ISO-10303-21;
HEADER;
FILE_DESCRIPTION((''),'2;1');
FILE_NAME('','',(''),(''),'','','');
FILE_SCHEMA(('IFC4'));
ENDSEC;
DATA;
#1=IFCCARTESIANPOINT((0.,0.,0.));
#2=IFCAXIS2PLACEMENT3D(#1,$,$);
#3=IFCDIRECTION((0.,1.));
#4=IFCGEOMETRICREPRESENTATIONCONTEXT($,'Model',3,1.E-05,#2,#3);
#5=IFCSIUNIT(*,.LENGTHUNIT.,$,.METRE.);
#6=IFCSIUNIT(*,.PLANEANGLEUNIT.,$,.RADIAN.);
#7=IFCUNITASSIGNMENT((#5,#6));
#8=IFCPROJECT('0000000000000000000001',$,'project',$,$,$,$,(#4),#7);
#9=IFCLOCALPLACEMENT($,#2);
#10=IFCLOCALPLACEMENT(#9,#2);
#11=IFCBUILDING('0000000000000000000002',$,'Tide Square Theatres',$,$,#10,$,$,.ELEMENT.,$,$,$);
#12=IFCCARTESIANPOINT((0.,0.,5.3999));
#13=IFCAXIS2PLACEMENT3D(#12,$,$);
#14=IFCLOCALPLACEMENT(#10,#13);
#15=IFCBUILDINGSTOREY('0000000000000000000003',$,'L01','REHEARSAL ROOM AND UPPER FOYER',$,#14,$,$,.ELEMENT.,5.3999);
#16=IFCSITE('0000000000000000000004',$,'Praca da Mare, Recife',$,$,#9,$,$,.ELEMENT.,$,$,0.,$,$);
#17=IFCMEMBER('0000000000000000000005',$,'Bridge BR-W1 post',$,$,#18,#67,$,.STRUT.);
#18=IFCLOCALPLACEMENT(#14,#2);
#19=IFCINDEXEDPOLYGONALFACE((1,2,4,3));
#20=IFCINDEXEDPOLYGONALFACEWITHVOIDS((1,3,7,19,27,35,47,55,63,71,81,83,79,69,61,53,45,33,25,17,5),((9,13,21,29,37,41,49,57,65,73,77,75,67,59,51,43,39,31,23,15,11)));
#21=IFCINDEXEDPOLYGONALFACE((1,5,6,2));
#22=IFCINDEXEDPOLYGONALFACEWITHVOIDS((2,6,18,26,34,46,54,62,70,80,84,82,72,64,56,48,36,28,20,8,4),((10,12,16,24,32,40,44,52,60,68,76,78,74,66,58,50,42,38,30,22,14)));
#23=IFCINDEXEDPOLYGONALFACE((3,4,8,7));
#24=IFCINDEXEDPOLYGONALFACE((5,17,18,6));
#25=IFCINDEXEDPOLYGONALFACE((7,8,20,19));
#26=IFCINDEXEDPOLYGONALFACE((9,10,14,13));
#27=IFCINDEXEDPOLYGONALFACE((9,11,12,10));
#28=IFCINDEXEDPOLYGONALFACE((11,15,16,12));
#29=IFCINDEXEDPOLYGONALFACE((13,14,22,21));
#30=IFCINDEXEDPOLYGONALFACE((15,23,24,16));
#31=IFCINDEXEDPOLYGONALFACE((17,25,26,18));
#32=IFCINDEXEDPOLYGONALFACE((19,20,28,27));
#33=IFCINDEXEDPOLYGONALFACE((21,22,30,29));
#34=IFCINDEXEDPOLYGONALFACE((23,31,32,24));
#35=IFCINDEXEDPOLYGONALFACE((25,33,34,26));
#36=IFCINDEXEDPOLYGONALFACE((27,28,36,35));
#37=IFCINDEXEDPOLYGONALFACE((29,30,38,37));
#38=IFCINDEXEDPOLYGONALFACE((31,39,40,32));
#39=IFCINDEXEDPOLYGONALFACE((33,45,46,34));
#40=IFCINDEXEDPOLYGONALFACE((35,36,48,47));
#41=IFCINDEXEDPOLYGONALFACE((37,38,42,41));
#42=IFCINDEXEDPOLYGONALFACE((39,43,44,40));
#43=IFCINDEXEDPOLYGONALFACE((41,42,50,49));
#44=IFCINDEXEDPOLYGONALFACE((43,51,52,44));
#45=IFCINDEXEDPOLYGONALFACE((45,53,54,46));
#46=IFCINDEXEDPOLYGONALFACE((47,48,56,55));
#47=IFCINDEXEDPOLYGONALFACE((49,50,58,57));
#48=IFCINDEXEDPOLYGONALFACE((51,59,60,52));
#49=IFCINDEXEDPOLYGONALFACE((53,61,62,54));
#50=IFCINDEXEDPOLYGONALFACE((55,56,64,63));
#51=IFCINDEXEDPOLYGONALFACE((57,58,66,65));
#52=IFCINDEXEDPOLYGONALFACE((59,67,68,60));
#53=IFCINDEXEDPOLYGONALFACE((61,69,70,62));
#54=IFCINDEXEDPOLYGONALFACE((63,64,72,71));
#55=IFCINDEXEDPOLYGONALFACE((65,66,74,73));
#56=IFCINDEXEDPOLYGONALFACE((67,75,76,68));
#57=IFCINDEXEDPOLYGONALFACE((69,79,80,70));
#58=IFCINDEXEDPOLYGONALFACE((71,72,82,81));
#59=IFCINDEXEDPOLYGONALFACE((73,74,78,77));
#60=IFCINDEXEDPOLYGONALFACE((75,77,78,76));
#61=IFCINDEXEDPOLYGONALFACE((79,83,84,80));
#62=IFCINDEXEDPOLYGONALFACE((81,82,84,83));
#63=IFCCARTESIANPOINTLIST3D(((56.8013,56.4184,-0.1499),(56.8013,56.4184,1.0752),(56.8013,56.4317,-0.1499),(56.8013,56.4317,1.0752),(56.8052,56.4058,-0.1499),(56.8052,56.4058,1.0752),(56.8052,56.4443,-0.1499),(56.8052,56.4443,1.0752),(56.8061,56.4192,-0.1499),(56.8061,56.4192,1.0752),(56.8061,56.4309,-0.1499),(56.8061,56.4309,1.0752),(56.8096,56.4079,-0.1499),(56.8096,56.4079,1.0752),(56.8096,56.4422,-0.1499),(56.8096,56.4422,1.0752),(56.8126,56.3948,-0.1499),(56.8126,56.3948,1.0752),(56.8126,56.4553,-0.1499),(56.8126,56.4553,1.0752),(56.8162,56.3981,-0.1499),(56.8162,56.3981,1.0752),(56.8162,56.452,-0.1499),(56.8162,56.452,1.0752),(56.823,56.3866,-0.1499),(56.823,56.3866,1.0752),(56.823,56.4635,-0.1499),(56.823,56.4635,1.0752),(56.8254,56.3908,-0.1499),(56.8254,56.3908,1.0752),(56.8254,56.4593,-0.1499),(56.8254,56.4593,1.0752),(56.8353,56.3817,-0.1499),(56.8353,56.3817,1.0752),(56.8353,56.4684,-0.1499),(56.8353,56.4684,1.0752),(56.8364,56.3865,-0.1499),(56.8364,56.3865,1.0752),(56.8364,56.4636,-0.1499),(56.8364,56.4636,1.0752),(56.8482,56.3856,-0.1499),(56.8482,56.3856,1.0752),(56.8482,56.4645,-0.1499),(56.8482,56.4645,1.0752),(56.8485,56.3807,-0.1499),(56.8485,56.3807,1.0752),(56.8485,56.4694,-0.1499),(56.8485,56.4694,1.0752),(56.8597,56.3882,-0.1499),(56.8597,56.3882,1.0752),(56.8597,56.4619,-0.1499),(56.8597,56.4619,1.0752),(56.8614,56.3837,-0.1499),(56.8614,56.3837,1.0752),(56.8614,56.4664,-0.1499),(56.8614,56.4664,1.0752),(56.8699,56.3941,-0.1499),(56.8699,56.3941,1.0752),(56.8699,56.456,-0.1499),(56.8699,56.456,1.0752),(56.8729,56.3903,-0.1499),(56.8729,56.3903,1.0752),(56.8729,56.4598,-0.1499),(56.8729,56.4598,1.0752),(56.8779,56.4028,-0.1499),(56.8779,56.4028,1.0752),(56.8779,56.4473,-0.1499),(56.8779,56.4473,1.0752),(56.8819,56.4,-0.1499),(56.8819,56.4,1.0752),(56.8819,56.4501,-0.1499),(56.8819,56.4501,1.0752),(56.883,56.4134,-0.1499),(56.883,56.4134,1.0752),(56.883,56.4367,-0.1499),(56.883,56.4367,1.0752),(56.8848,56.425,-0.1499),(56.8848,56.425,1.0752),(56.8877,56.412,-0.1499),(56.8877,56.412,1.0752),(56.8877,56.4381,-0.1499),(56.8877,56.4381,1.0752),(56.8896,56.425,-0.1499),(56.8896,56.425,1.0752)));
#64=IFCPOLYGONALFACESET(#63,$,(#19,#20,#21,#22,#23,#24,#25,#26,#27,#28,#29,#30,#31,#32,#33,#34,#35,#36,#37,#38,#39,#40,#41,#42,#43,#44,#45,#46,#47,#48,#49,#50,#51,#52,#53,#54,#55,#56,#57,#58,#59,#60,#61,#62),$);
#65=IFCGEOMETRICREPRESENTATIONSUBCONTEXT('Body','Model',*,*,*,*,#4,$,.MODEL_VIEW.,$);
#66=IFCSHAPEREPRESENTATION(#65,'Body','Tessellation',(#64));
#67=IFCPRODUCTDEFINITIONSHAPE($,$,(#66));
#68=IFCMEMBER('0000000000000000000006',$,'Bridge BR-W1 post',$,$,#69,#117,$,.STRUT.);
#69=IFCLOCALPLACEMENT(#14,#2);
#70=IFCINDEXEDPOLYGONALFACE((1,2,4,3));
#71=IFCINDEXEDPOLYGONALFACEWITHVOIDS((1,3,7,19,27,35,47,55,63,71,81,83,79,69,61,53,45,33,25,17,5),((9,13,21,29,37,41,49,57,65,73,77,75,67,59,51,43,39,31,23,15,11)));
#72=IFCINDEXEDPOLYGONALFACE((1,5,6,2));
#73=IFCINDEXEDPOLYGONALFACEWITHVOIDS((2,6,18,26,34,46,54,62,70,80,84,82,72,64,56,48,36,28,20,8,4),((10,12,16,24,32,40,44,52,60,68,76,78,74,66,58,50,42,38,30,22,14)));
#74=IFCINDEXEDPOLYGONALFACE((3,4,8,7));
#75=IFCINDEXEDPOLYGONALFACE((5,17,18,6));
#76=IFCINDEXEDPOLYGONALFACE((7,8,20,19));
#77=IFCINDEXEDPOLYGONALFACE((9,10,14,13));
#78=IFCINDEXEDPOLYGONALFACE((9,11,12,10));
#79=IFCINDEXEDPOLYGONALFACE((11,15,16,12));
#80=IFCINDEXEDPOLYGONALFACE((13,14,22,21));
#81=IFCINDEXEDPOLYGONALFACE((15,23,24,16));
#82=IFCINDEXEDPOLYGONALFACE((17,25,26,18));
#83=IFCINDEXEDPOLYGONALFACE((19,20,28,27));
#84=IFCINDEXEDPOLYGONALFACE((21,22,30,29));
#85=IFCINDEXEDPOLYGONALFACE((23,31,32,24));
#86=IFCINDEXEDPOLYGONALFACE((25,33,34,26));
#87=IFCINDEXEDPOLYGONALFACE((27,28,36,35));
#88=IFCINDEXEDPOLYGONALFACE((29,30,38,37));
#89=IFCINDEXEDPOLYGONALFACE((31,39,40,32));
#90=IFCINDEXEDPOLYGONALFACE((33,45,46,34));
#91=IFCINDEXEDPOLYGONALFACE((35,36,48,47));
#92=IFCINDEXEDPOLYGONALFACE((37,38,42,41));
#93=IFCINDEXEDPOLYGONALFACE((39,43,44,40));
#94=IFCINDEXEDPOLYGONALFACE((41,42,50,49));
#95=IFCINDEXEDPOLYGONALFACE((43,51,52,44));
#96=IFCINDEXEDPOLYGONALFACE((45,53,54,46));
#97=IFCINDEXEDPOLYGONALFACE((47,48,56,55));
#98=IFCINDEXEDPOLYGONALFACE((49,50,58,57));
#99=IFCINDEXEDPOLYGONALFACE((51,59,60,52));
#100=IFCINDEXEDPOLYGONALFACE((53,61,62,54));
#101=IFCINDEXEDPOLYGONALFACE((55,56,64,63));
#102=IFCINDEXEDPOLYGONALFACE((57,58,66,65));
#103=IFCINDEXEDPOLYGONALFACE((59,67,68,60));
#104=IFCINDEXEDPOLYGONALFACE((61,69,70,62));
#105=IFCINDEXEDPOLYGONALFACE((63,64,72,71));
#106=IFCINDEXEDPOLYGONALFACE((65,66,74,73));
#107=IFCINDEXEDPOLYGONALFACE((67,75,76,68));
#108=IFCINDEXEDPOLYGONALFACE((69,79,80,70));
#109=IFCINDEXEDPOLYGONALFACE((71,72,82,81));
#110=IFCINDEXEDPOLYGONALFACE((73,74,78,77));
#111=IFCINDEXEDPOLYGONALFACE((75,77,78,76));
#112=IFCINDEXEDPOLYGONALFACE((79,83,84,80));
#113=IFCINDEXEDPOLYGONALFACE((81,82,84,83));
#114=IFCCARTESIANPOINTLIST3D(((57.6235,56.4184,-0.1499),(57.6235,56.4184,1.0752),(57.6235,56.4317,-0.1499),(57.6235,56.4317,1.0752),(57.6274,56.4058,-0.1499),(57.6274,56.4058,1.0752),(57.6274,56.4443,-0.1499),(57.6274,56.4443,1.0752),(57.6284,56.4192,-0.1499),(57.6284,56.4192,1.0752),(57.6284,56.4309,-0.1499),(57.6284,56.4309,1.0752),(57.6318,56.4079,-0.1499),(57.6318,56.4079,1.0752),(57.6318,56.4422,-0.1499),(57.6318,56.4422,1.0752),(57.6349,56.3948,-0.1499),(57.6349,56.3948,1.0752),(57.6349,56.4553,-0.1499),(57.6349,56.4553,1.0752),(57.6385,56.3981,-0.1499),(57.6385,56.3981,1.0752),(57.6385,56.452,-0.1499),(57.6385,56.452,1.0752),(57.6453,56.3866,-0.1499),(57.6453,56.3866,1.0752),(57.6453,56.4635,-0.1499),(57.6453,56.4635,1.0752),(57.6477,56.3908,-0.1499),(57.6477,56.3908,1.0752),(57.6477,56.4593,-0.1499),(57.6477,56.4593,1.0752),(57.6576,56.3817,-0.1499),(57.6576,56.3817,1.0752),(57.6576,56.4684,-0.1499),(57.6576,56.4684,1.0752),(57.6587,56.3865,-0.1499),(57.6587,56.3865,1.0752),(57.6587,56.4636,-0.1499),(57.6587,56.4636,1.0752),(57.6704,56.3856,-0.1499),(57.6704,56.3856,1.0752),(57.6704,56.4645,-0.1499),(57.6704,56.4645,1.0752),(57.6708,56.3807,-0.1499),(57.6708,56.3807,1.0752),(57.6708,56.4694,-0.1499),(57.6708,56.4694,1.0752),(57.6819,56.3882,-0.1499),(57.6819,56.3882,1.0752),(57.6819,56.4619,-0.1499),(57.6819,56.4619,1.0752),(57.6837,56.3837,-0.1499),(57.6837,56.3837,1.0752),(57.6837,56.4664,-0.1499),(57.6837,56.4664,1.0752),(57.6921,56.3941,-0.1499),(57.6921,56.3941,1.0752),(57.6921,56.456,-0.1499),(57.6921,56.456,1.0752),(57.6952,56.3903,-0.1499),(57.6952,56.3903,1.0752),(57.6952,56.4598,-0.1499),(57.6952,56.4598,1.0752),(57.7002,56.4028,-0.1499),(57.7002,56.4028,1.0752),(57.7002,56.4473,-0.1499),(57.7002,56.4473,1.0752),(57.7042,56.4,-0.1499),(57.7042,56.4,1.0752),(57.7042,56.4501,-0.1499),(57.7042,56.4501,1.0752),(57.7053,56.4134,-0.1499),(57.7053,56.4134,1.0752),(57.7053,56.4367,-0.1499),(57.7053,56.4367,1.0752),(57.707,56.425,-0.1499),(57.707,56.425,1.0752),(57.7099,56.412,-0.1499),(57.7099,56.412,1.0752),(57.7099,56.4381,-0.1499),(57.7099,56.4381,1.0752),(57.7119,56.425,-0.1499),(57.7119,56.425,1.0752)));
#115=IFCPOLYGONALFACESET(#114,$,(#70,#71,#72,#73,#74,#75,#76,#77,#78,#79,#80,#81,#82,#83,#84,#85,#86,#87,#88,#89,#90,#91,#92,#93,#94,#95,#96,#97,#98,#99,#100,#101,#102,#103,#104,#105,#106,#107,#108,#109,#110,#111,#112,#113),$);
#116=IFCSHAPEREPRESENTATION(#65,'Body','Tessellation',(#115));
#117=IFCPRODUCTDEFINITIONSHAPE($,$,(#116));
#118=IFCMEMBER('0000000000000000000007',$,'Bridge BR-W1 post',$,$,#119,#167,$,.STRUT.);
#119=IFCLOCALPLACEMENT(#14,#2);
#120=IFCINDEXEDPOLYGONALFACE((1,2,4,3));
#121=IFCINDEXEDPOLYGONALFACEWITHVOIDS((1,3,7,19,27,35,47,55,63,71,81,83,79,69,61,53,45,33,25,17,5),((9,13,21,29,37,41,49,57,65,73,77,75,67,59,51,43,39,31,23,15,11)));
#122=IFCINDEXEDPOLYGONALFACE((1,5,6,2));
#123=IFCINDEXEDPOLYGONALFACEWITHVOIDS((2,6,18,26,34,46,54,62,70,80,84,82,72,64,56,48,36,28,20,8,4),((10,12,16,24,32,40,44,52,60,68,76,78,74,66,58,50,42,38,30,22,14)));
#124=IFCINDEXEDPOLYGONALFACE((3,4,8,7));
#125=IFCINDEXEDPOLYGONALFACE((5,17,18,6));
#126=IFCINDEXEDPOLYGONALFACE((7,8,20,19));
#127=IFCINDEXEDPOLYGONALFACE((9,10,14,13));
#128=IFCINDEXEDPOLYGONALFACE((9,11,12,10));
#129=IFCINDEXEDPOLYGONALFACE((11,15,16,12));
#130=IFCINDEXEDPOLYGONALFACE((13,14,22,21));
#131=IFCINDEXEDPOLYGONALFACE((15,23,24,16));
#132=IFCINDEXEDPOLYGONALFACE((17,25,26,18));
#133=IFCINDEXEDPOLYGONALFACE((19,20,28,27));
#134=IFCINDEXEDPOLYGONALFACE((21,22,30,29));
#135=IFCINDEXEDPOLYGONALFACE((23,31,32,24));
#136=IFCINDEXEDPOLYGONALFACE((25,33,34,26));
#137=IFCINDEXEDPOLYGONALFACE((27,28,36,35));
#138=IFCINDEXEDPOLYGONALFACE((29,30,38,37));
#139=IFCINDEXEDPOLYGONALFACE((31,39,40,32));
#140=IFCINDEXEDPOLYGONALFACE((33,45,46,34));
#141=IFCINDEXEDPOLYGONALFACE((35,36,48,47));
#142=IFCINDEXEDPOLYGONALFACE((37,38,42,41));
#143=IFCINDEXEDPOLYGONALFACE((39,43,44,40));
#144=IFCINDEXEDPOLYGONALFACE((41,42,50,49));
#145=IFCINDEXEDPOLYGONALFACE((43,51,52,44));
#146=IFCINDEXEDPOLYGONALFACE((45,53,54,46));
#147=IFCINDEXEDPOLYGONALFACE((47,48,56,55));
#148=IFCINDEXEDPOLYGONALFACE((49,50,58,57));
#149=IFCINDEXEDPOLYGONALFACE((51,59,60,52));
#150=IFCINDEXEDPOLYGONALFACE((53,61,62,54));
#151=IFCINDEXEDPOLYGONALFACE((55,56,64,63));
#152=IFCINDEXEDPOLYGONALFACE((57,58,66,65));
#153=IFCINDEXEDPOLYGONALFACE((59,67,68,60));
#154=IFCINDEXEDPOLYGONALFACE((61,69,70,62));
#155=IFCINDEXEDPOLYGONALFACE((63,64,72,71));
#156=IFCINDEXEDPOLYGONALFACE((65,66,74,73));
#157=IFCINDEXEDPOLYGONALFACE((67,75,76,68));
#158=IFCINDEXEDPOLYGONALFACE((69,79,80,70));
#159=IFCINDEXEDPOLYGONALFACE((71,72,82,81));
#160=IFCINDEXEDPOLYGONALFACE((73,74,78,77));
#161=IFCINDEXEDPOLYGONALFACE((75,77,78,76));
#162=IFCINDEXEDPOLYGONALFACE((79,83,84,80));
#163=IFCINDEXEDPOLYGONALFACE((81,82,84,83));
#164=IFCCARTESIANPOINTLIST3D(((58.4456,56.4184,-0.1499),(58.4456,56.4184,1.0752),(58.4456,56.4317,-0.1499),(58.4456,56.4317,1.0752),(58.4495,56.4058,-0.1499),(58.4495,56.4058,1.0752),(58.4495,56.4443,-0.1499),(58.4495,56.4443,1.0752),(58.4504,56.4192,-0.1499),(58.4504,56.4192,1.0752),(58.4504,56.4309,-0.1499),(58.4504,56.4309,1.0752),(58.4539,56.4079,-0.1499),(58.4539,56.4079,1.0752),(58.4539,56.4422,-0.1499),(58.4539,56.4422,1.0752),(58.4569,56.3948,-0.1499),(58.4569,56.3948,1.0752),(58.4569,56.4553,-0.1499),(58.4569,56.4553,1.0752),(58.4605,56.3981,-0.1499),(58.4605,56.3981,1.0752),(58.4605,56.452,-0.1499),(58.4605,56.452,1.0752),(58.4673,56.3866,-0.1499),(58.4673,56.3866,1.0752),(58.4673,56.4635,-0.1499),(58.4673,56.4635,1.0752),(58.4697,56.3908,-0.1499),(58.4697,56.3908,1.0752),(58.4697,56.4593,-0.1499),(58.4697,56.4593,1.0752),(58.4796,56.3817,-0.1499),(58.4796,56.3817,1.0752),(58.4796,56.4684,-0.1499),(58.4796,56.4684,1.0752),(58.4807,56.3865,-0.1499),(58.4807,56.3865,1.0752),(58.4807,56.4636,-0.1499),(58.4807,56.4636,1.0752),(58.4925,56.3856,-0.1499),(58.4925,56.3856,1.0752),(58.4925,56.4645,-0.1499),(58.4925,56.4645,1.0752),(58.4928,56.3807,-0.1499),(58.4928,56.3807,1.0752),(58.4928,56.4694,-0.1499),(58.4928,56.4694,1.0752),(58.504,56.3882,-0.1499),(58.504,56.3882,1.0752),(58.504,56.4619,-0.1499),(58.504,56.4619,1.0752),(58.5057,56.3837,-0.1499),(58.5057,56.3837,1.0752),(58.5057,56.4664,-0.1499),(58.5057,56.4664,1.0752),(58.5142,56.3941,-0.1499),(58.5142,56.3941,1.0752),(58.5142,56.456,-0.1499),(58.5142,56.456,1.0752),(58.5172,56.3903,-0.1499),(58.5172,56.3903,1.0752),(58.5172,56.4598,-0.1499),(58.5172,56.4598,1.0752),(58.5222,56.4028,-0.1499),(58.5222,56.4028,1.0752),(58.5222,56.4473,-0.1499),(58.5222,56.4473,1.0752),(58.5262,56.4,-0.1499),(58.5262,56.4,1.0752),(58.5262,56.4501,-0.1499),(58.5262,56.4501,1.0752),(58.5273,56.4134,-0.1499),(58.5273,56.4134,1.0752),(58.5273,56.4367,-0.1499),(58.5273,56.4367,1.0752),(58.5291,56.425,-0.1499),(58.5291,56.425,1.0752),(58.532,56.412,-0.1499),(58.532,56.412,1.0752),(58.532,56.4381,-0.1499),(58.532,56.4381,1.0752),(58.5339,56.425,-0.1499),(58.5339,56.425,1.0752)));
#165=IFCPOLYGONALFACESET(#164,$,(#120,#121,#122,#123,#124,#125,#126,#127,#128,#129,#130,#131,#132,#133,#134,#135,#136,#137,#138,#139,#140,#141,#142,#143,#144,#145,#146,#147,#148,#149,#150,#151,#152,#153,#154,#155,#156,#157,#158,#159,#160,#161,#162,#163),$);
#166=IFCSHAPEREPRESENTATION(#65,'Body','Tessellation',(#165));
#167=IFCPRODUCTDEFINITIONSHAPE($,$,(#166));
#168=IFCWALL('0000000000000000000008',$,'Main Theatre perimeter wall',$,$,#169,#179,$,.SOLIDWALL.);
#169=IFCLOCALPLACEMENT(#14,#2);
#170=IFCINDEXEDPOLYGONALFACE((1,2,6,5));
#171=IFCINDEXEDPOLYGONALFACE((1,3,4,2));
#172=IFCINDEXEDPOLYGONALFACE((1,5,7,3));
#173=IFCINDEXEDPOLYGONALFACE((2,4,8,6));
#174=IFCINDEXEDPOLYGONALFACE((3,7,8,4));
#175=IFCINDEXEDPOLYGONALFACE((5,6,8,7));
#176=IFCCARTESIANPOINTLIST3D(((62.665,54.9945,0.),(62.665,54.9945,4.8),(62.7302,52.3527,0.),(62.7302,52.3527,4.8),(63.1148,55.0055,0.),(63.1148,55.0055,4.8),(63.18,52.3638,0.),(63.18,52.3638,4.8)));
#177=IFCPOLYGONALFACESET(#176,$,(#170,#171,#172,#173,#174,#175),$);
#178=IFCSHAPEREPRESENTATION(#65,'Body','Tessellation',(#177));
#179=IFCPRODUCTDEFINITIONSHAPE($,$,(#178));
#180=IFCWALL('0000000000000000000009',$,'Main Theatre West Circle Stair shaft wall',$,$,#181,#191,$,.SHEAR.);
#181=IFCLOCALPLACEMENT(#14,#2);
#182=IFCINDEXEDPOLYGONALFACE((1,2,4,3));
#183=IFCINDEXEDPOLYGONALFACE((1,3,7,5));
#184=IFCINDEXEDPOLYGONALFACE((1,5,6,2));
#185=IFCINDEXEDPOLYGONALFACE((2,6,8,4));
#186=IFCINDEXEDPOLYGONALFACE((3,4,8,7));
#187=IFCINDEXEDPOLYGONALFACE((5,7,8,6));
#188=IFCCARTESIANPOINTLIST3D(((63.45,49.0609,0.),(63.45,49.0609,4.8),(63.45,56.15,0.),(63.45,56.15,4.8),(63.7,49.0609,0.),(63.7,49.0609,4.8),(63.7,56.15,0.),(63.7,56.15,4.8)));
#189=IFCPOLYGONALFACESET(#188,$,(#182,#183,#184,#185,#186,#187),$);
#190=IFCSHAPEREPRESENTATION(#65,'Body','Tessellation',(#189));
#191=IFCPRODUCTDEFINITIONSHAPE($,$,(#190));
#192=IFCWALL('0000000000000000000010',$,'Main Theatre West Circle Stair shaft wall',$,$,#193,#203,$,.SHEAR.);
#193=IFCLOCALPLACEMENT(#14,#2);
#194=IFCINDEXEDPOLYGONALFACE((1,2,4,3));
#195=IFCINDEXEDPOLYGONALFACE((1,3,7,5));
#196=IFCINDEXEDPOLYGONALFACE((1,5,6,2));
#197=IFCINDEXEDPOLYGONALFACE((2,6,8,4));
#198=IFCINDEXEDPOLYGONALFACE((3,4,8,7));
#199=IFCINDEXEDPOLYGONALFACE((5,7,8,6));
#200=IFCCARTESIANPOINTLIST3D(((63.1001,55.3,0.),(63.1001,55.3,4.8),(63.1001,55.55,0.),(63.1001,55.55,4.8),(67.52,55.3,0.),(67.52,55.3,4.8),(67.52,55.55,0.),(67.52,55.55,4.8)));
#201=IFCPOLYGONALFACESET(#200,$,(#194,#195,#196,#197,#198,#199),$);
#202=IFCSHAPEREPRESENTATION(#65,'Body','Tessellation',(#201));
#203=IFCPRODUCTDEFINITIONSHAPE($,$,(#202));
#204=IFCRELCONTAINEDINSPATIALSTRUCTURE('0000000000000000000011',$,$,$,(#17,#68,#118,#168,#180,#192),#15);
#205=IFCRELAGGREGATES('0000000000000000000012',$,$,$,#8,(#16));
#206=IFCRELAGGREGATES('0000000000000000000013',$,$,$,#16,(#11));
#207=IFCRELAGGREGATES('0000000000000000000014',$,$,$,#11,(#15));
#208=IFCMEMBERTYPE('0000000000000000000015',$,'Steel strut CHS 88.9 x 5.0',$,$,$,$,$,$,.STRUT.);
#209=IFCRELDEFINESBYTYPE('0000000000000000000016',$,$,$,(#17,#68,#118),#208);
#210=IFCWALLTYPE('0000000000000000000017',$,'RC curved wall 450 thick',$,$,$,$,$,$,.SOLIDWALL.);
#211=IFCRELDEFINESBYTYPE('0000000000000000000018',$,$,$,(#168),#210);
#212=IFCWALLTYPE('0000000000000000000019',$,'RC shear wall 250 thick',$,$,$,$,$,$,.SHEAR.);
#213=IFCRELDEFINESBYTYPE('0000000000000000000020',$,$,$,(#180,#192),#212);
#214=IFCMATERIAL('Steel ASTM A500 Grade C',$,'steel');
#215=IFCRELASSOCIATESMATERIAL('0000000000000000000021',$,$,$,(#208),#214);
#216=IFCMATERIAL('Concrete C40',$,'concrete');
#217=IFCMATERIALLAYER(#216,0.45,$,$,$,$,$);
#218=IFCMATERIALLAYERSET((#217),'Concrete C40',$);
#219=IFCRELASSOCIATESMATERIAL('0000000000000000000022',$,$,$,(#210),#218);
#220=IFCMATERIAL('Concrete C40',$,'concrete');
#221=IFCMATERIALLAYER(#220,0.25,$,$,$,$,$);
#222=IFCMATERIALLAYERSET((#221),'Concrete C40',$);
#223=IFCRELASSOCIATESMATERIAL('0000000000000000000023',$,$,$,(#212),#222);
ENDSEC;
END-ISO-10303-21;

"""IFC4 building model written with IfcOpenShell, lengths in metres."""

from ifc_helpers import new_model, si_unit, direction, frame, frame_2d, origin, origin_2d, place, context, subcontext, project, spatial, rectangle, hollow_circle, extrude, material, layer, layer_set, material_profile, profile_set, type_object, element, save


model = new_model("IFC4")

# Units and contexts
model_context = context("Model", 3, precision=1e-05, world=origin(), true_north=direction((0.0, 1.0)))
body_context = subcontext(model_context, "Body", "Model", "MODEL_VIEW")
ifc_project = project(units=[si_unit("LENGTHUNIT", "METRE"), si_unit("PLANEANGLEUNIT", "RADIAN")], contexts=[model_context])

# Site, building, storey
site_placement = place(None, origin())
site = spatial("IfcSite", under=ifc_project, at=site_placement, Name="Praca da Mare, Recife", CompositionType="ELEMENT", RefElevation=0.0)
building_placement = place(site_placement, origin())
building = spatial("IfcBuilding", under=site, at=building_placement, Name="Tide Square Theatres", CompositionType="ELEMENT")
storey_placement = place(building_placement, frame((0.0, 0.0, 5.3999)))
storey = spatial("IfcBuildingStorey", under=building, at=storey_placement, Name="L01", Description="REHEARSAL ROOM AND UPPER FOYER", CompositionType="ELEMENT", Elevation=5.3999)

# Members
ifc_material_1 = material(Name="Steel ASTM A500 Grade C", Category="steel")
ifc_material_profile_1 = material_profile(ifc_material_1, hollow_circle(Radius=0.0444, WallThickness=0.0049, at=origin_2d()))
ifc_profile_set_1 = profile_set([ifc_material_profile_1], Name="Steel ASTM A500 Grade C")
member_type_1 = type_object("IfcMemberType", Name="Steel strut CHS 88.9 x 5.0", PredefinedType="STRUT", material=ifc_profile_set_1)
for number, where, z_axis, x_axis, name in (
    (1, (56.8452, 56.425, -0.1499), (0.0, 0.0, 1.0), (1.0, 0.0, 0.0), "Bridge BR-W1 post"),
    (2, (57.6675, 56.425, -0.1499), (0.0, 0.0, 1.0), (1.0, 0.0, 0.0), "Bridge BR-W1 post"),
    (3, (58.4895, 56.425, -0.1499), (0.0, 0.0, 1.0), (1.0, 0.0, 0.0), "Bridge BR-W1 post"),
):
    element("IfcMember", number, at=place(storey_placement, frame(where, z_axis=z_axis, x_axis=x_axis)), inside=storey, type_object=member_type_1, Name=name, PredefinedType="STRUT", context=body_context, shape_type="SweptSolid", body=[
        extrude(hollow_circle(Radius=0.0444, WallThickness=0.0049, at=origin_2d()), origin(), (0.0, 0.0, 1.0), 1.2251),
    ])

# Walls
ifc_material_2 = material(Name="Concrete C40", Category="concrete")
ifc_layer_1 = layer(ifc_material_2, 0.45)
ifc_layer_set_1 = layer_set([ifc_layer_1], Name="Concrete C40")
wall_type_1 = type_object("IfcWallType", Name="RC curved wall 450 thick", PredefinedType="SOLIDWALL", material=ifc_layer_set_1)
wall_1_placement = place(storey_placement, frame((62.8899, 55.0, 0.0), z_axis=(0.0, 0.0, 1.0), x_axis=(0.024667, -0.999696, 0.0)))
element("IfcWall", 4, at=wall_1_placement, inside=storey, type_object=wall_type_1, Name="Main Theatre perimeter wall", PredefinedType="SOLIDWALL", context=body_context, shape_type="SweptSolid", body=[
    extrude(rectangle(XDim=2.6426, YDim=0.45, at=frame_2d((1.3213, 0.0))), origin(), (0.0, 0.0, 1.0), 4.8),
])
ifc_material_3 = material(Name="Concrete C40", Category="concrete")
ifc_layer_2 = layer(ifc_material_3, 0.25)
ifc_layer_set_2 = layer_set([ifc_layer_2], Name="Concrete C40")
wall_type_2 = type_object("IfcWallType", Name="RC shear wall 250 thick", PredefinedType="SHEAR", material=ifc_layer_set_2)
wall_2_placement = place(storey_placement, frame((63.575, 56.1499, 0.0), z_axis=(0.0, 0.0, 1.0), x_axis=(0.0, -1.0, 0.0)))
element("IfcWall", 5, at=wall_2_placement, inside=storey, type_object=wall_type_2, Name="Main Theatre West Circle Stair shaft wall", PredefinedType="SHEAR", context=body_context, shape_type="SweptSolid", body=[
    extrude(rectangle(XDim=7.0891, YDim=0.25, at=frame_2d((3.5444, 0.0))), origin(), (0.0, 0.0, 1.0), 4.8),
])
wall_3_placement = place(storey_placement, frame((63.1001, 55.425, 0.0), z_axis=(0.0, 0.0, 1.0), x_axis=(1.0, 0.0, 0.0)))
element("IfcWall", 6, at=wall_3_placement, inside=storey, type_object=wall_type_2, Name="Main Theatre West Circle Stair shaft wall", PredefinedType="SHEAR", context=body_context, shape_type="SweptSolid", body=[
    extrude(rectangle(XDim=4.4199, YDim=0.25, at=frame_2d((2.21, 0.0))), origin(), (0.0, 0.0, 1.0), 4.8),
])

save(model, "model.ifc")
